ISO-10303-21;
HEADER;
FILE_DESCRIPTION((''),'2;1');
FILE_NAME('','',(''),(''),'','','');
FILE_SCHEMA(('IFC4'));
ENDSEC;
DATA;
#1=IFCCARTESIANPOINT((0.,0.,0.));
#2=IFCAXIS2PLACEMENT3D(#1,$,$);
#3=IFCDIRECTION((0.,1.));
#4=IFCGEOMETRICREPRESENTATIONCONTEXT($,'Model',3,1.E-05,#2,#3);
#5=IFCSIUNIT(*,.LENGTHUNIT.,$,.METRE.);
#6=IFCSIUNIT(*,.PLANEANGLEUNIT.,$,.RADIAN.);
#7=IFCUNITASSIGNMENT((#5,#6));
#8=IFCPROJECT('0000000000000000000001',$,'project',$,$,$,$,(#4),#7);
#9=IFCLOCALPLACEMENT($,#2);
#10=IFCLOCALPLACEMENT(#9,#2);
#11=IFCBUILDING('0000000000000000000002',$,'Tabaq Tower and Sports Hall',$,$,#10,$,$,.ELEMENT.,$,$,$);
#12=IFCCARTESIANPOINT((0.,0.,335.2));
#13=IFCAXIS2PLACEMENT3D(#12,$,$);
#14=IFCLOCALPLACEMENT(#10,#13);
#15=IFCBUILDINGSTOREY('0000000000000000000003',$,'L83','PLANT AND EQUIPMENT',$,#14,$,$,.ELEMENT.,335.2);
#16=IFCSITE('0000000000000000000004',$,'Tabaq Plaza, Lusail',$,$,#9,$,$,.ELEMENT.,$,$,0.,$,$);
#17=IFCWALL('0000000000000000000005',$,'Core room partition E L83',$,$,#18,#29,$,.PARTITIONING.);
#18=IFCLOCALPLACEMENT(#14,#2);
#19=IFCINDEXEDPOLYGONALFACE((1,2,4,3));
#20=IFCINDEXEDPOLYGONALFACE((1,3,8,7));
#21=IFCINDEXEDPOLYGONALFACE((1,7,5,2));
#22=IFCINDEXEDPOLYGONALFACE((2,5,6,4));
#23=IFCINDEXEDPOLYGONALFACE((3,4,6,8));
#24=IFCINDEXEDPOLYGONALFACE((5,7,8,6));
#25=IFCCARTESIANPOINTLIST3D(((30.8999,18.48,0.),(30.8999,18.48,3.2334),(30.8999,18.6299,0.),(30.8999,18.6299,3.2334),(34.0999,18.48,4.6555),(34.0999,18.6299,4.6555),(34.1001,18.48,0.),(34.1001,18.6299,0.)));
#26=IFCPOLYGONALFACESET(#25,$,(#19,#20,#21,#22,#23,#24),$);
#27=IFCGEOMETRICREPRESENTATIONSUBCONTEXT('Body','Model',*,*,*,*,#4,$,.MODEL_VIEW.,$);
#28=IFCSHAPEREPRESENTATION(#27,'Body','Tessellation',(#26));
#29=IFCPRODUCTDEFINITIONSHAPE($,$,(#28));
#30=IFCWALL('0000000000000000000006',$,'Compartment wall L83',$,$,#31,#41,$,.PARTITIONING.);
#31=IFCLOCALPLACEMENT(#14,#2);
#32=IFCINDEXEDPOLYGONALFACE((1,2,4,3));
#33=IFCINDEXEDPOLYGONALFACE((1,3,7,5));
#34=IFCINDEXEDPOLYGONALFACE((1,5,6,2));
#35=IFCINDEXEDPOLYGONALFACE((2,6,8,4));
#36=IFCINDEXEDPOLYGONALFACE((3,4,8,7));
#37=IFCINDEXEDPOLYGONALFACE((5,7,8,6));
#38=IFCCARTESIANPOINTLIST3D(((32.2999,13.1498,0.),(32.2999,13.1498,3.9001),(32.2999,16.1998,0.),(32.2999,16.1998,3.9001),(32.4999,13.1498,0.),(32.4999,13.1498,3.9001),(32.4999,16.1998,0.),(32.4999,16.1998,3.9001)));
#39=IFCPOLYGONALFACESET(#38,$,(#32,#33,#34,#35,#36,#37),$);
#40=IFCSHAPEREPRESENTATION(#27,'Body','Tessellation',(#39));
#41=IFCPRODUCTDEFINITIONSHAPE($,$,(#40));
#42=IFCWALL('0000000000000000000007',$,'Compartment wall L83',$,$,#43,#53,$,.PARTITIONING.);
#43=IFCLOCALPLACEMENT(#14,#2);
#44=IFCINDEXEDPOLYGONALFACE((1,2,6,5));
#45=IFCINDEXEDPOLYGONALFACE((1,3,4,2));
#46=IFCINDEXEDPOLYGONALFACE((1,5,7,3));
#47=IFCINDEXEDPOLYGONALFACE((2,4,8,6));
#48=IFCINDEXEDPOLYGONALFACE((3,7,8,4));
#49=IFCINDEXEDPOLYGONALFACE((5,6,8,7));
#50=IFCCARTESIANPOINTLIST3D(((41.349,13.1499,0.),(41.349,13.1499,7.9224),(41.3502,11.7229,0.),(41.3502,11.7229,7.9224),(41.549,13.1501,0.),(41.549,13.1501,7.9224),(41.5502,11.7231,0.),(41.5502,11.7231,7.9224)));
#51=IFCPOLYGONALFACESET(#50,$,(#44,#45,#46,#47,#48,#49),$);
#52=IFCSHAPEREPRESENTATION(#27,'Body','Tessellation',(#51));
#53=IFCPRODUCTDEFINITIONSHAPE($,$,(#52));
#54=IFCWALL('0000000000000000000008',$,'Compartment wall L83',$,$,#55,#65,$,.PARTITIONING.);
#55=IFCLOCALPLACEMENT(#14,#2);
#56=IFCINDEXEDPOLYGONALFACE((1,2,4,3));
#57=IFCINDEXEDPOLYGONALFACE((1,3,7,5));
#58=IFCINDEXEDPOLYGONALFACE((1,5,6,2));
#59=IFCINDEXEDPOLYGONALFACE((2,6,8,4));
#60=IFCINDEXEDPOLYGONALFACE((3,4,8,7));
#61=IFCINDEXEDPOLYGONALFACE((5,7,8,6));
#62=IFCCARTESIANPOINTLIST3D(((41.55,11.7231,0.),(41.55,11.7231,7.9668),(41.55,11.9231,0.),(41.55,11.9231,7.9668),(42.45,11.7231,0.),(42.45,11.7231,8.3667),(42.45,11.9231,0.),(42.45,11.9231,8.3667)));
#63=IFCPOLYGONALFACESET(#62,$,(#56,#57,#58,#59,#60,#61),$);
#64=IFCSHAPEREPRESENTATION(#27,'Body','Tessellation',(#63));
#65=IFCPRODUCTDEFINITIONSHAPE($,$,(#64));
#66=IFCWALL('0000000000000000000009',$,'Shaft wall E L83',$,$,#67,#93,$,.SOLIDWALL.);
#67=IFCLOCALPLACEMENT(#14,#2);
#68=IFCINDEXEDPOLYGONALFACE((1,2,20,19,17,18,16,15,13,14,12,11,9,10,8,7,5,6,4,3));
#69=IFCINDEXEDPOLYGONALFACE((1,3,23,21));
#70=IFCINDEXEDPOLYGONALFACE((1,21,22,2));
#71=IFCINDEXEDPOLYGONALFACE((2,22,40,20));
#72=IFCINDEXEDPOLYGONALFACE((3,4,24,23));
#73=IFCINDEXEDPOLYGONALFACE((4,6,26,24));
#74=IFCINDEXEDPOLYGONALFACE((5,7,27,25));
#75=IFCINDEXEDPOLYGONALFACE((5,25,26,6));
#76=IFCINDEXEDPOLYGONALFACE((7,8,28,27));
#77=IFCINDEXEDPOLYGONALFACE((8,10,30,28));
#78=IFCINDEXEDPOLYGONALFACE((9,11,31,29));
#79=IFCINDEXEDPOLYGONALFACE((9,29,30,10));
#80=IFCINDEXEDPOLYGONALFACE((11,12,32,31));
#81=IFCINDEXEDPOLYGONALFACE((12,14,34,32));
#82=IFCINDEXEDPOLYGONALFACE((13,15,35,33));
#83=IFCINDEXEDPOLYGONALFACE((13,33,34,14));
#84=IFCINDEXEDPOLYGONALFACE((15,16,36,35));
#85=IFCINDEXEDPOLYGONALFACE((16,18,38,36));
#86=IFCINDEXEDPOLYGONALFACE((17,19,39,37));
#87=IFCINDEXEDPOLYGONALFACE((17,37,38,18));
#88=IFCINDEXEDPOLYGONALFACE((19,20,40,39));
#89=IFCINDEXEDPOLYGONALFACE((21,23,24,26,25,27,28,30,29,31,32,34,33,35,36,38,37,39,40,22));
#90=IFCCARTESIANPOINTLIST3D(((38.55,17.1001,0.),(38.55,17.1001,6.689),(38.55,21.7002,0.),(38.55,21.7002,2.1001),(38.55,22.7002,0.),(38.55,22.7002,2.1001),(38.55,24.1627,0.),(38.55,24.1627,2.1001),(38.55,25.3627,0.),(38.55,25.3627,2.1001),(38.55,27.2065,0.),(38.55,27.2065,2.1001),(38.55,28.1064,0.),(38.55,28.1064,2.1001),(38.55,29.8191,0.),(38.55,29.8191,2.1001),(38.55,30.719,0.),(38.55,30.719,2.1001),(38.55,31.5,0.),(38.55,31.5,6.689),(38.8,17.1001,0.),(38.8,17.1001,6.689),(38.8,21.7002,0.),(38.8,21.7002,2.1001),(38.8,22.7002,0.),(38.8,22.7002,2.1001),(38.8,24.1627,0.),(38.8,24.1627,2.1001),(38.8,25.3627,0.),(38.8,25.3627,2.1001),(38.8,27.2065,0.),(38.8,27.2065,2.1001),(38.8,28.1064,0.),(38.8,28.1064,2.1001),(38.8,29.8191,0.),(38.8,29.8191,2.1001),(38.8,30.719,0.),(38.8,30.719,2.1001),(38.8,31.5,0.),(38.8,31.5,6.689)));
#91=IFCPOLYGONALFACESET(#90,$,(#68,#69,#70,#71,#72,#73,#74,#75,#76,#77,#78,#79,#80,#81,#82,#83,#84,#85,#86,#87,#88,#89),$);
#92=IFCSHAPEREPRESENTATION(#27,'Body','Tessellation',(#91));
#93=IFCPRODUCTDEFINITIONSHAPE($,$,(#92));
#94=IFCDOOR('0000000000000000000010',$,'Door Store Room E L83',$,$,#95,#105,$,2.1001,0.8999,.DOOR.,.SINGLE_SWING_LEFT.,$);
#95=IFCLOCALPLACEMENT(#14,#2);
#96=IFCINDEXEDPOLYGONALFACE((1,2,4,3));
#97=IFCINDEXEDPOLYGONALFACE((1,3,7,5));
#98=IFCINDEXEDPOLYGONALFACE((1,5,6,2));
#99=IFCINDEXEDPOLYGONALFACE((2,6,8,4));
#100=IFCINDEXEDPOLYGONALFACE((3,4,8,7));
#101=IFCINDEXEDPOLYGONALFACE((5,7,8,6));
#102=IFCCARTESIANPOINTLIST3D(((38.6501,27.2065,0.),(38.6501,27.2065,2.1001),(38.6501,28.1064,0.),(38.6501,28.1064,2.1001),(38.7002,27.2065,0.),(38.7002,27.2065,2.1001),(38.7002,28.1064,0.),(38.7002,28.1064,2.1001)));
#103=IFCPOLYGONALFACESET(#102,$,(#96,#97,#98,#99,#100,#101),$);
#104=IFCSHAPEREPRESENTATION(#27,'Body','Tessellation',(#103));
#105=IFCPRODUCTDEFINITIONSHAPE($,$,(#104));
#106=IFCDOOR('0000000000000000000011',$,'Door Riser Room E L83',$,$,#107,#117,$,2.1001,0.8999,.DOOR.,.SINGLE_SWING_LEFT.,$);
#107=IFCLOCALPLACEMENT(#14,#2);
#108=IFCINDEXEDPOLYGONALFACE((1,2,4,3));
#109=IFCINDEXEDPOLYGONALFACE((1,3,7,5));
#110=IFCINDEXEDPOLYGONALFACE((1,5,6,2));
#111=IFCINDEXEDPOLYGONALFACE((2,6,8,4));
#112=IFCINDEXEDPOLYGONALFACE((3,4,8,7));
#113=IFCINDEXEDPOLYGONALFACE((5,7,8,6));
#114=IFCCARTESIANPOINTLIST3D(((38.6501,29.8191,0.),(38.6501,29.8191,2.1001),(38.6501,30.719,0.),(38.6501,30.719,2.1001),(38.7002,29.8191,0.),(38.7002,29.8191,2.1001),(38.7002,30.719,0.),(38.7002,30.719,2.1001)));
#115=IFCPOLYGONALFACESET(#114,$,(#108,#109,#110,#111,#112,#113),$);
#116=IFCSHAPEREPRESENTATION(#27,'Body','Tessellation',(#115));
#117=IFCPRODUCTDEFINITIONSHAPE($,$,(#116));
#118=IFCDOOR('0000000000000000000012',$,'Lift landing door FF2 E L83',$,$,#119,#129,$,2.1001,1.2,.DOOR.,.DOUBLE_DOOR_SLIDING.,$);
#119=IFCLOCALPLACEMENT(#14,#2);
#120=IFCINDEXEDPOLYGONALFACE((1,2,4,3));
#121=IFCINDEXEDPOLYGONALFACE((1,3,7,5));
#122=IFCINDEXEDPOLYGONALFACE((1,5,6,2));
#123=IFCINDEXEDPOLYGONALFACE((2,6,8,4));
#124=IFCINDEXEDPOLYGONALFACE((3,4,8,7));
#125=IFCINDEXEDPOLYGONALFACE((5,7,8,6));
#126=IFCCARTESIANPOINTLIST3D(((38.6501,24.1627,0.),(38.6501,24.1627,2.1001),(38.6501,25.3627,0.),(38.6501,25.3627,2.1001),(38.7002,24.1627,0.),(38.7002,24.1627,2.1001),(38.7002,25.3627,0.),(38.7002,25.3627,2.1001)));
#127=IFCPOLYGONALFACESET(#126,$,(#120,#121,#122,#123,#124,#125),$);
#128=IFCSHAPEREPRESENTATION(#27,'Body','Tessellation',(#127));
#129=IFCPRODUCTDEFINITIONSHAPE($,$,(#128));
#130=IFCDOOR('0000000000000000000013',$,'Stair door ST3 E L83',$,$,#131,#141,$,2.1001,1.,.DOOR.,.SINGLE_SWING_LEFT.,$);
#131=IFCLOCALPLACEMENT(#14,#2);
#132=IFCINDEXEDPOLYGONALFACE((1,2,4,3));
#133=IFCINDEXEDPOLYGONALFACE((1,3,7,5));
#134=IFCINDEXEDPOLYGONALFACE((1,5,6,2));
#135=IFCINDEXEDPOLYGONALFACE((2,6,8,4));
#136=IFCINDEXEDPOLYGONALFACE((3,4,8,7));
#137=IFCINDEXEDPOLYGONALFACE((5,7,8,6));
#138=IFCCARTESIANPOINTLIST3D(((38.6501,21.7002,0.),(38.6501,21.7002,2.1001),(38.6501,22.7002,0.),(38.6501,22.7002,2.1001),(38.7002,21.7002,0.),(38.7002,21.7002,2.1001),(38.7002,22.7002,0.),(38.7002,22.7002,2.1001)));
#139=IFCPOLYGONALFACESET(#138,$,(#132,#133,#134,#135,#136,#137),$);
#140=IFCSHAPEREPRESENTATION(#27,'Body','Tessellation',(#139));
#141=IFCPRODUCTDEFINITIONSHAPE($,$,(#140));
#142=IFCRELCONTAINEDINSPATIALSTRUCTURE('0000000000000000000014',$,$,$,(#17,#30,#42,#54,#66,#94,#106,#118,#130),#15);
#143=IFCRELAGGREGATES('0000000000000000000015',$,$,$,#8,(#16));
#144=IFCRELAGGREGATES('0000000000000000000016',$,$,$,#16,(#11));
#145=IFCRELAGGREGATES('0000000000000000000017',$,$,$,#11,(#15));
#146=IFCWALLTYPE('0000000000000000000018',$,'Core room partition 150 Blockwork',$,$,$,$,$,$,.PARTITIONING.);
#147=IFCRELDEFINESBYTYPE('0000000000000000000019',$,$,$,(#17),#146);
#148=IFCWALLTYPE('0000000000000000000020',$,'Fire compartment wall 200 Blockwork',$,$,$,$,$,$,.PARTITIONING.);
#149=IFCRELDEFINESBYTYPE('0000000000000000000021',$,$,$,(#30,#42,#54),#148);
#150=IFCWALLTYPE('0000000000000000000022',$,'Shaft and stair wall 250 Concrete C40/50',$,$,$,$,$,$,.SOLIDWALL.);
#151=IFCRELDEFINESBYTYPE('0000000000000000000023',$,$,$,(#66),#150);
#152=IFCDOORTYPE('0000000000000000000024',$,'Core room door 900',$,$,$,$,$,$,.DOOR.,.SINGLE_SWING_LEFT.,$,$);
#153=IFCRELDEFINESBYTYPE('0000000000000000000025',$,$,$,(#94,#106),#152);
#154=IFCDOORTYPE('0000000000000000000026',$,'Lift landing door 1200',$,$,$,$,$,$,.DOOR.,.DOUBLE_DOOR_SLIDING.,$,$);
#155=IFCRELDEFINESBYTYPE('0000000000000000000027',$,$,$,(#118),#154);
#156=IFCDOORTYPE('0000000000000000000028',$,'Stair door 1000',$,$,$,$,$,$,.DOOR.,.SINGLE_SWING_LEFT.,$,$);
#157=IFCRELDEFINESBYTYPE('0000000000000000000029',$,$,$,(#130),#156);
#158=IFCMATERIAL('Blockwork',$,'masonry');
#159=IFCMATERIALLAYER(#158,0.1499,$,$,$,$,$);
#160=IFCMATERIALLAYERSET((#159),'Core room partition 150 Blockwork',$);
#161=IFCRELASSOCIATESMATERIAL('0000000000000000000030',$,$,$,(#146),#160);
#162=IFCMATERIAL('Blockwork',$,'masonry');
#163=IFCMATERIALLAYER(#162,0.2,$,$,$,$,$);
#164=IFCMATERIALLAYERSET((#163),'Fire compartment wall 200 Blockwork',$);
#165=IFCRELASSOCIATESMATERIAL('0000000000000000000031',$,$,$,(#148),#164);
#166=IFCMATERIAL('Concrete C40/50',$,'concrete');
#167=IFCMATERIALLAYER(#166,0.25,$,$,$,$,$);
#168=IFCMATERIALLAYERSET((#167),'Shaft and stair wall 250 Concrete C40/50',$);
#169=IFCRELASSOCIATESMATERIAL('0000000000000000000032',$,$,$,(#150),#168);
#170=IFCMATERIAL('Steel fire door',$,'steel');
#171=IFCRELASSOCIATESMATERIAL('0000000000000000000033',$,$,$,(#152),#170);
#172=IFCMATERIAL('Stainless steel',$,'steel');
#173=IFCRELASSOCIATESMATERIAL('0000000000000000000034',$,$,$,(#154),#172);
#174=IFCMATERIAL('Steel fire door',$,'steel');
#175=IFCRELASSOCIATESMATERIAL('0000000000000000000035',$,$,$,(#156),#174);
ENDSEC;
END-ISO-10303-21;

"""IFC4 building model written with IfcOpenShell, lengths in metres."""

from ifc_helpers import new_model, si_unit, direction, frame, frame_2d, origin, place, context, subcontext, project, spatial, polyline, rectangle, outline, extrude, material, layer, layer_set, type_object, element, fill, save


model = new_model("IFC4")

# Units and contexts
model_context = context("Model", 3, precision=1e-05, world=origin(), true_north=direction((0.0, 1.0)))
body_context = subcontext(model_context, "Body", "Model", "MODEL_VIEW")
ifc_project = project(units=[si_unit("LENGTHUNIT", "METRE"), si_unit("PLANEANGLEUNIT", "RADIAN")], contexts=[model_context])

# Site, building, storey
site_placement = place(None, origin())
site = spatial("IfcSite", under=ifc_project, at=site_placement, Name="Tabaq Plaza, Lusail", CompositionType="ELEMENT", RefElevation=0.0)
building_placement = place(site_placement, origin())
building = spatial("IfcBuilding", under=site, at=building_placement, Name="Tabaq Tower and Sports Hall", CompositionType="ELEMENT")
storey_placement = place(building_placement, frame((0.0, 0.0, 335.2)))
storey = spatial("IfcBuildingStorey", under=building, at=storey_placement, Name="L83", Description="PLANT AND EQUIPMENT", CompositionType="ELEMENT", Elevation=335.2)

# Wall
ifc_material_1 = material(Name="Blockwork", Category="masonry")
ifc_layer_1 = layer(ifc_material_1, 0.1499)
ifc_layer_set_1 = layer_set([ifc_layer_1], Name="Core room partition 150 Blockwork")
wall_type_1 = type_object("IfcWallType", Name="Core room partition 150 Blockwork", PredefinedType="PARTITIONING", material=ifc_layer_set_1)
wall_1_placement = place(storey_placement, frame((30.8999, 18.5549, 0.0), z_axis=(0.0, 0.0, 1.0), x_axis=(1.0, 0.0, 0.0)))
element("IfcWall", 1, at=wall_1_placement, inside=storey, type_object=wall_type_1, Name="Core room partition E L83", PredefinedType="PARTITIONING", context=body_context, shape_type="SweptSolid", body=[
    extrude(outline(polyline([(0.0, 0.0), (3.2002, 0.0), (3.2, 4.6555), (0.0, 3.2334), (0.0, 0.0)])), frame((0.0, 0.075, 0.0), z_axis=(0.0, -1.0, 0.0), x_axis=(1.0, 0.0, 0.0)), (0.0, 0.0, 1.0), 0.1499),
])

# Walls
ifc_material_2 = material(Name="Blockwork", Category="masonry")
ifc_layer_2 = layer(ifc_material_2, 0.2)
ifc_layer_set_2 = layer_set([ifc_layer_2], Name="Fire compartment wall 200 Blockwork")
wall_type_2 = type_object("IfcWallType", Name="Fire compartment wall 200 Blockwork", PredefinedType="PARTITIONING", material=ifc_layer_set_2)
wall_2_placement = place(storey_placement, frame((32.3999, 13.1499, 0.0), z_axis=(0.0, 0.0, 1.0), x_axis=(0.0, 1.0, 0.0)))
element("IfcWall", 2, at=wall_2_placement, inside=storey, type_object=wall_type_2, Name="Compartment wall L83", PredefinedType="PARTITIONING", context=body_context, shape_type="SweptSolid", body=[
    extrude(rectangle(XDim=3.05, YDim=0.2, at=frame_2d((1.5249, 0.0))), origin(), (0.0, 0.0, 1.0), 3.9001),
])
wall_3_placement = place(storey_placement, frame((41.449, 13.1499, 0.0), z_axis=(0.0, 0.0, 1.0), x_axis=(0.000855, -1.0, 0.0)))
element("IfcWall", 3, at=wall_3_placement, inside=storey, type_object=wall_type_2, Name="Compartment wall L83", PredefinedType="PARTITIONING", context=body_context, shape_type="SweptSolid", body=[
    extrude(rectangle(XDim=1.427, YDim=0.2, at=frame_2d((0.7134, 0.0))), origin(), (0.0, 0.0, 1.0), 7.9224),
])
wall_4_placement = place(storey_placement, frame((41.55, 11.823, 0.0), z_axis=(0.0, 0.0, 1.0), x_axis=(1.0, 0.0, 0.0)))
element("IfcWall", 4, at=wall_4_placement, inside=storey, type_object=wall_type_2, Name="Compartment wall L83", PredefinedType="PARTITIONING", context=body_context, shape_type="SweptSolid", body=[
    extrude(outline(polyline([(0.0, 0.0), (0.8999, 0.0), (0.8999, 8.3667), (0.0, 7.9668), (0.0, 0.0)])), frame((0.0, 0.1001, 0.0), z_axis=(0.0, -1.0, 0.0), x_axis=(1.0, 0.0, 0.0)), (0.0, 0.0, 1.0), 0.2),
])

# Wall, openings, doors
ifc_material_3 = material(Name="Concrete C40/50", Category="concrete")
ifc_layer_3 = layer(ifc_material_3, 0.25)
ifc_layer_set_3 = layer_set([ifc_layer_3], Name="Shaft and stair wall 250 Concrete C40/50")
wall_type_3 = type_object("IfcWallType", Name="Shaft and stair wall 250 Concrete C40/50", PredefinedType="SOLIDWALL", material=ifc_layer_set_3)
wall_5_placement = place(storey_placement, frame((38.675, 17.1001, 0.0), z_axis=(0.0, 0.0, 1.0), x_axis=(0.0, 1.0, 0.0)))
wall_5 = element("IfcWall", 5, at=wall_5_placement, inside=storey, type_object=wall_type_3, Name="Shaft wall E L83", PredefinedType="SOLIDWALL", context=body_context, shape_type="SweptSolid", body=[
    extrude(rectangle(XDim=14.3999, YDim=0.25, at=frame_2d((7.2, 0.0))), origin(), (0.0, 0.0, 1.0), 6.689),
])
opening_1_placement = place(wall_5_placement, frame((4.6001, 0.0, 0.0)))
opening_1 = element("IfcOpeningElement", 6, at=opening_1_placement, cuts=wall_5, PredefinedType="OPENING", context=body_context, shape_type="SweptSolid", body=[
    extrude(rectangle(XDim=1.0, YDim=2.1001, at=frame_2d((0.5, 1.05))), frame((0.0, 0.125, 0.0), z_axis=(0.0, -1.0, 0.0), x_axis=(1.0, 0.0, 0.0)), (0.0, 0.0, 1.0), 0.25),
])
opening_2_placement = place(wall_5_placement, frame((7.0625, 0.0, 0.0)))
opening_2 = element("IfcOpeningElement", 7, at=opening_2_placement, cuts=wall_5, PredefinedType="OPENING", context=body_context, shape_type="SweptSolid", body=[
    extrude(rectangle(XDim=1.2, YDim=2.1001, at=frame_2d((0.6001, 1.05))), frame((0.0, 0.125, 0.0), z_axis=(0.0, -1.0, 0.0), x_axis=(1.0, 0.0, 0.0)), (0.0, 0.0, 1.0), 0.25),
])
opening_3_placement = place(wall_5_placement, frame((10.1064, 0.0, 0.0)))
opening_3 = element("IfcOpeningElement", 8, at=opening_3_placement, cuts=wall_5, PredefinedType="OPENING", context=body_context, shape_type="SweptSolid", body=[
    extrude(rectangle(XDim=0.8999, YDim=2.1001, at=frame_2d((0.45, 1.05))), frame((0.0, 0.125, 0.0), z_axis=(0.0, -1.0, 0.0), x_axis=(1.0, 0.0, 0.0)), (0.0, 0.0, 1.0), 0.25),
])
opening_4_placement = place(wall_5_placement, frame((12.719, 0.0, 0.0)))
opening_4 = element("IfcOpeningElement", 9, at=opening_4_placement, cuts=wall_5, PredefinedType="OPENING", context=body_context, shape_type="SweptSolid", body=[
    extrude(rectangle(XDim=0.8999, YDim=2.1001, at=frame_2d((0.45, 1.05))), frame((0.0, 0.125, 0.0), z_axis=(0.0, -1.0, 0.0), x_axis=(1.0, 0.0, 0.0)), (0.0, 0.0, 1.0), 0.25),
])
ifc_material_4 = material(Name="Steel fire door", Category="steel")
door_type_1 = type_object("IfcDoorType", Name="Core room door 900", OperationType="SINGLE_SWING_LEFT", PredefinedType="DOOR", material=ifc_material_4)
door_1_placement = place(opening_3_placement, origin())
door_1 = element("IfcDoor", 10, at=door_1_placement, inside=storey, type_object=door_type_1, Name="Door Store Room E L83", OperationType="SINGLE_SWING_LEFT", OverallHeight=2.1001, OverallWidth=0.8999, PredefinedType="DOOR", context=body_context, shape_type="SweptSolid", body=[
    extrude(rectangle(XDim=0.8999, YDim=2.1001, at=frame_2d((0.45, 1.05))), frame((0.0, 0.0249, 0.0), z_axis=(0.0, -1.0, 0.0), x_axis=(1.0, 0.0, 0.0)), (0.0, 0.0, 1.0), 0.05),
])
fill(opening_3, door_1)
door_2_placement = place(opening_4_placement, origin())
door_2 = element("IfcDoor", 11, at=door_2_placement, inside=storey, type_object=door_type_1, Name="Door Riser Room E L83", OperationType="SINGLE_SWING_LEFT", OverallHeight=2.1001, OverallWidth=0.8999, PredefinedType="DOOR", context=body_context, shape_type="SweptSolid", body=[
    extrude(rectangle(XDim=0.8999, YDim=2.1001, at=frame_2d((0.45, 1.05))), frame((0.0, 0.0249, 0.0), z_axis=(0.0, -1.0, 0.0), x_axis=(1.0, 0.0, 0.0)), (0.0, 0.0, 1.0), 0.05),
])
fill(opening_4, door_2)
ifc_material_5 = material(Name="Stainless steel", Category="steel")
door_type_2 = type_object("IfcDoorType", Name="Lift landing door 1200", OperationType="DOUBLE_DOOR_SLIDING", PredefinedType="DOOR", material=ifc_material_5)
door_3_placement = place(opening_2_placement, origin())
door_3 = element("IfcDoor", 12, at=door_3_placement, inside=storey, type_object=door_type_2, Name="Lift landing door FF2 E L83", OperationType="DOUBLE_DOOR_SLIDING", OverallHeight=2.1001, OverallWidth=1.2, PredefinedType="DOOR", context=body_context, shape_type="SweptSolid", body=[
    extrude(rectangle(XDim=1.2, YDim=2.1001, at=frame_2d((0.6001, 1.05))), frame((0.0, 0.0249, 0.0), z_axis=(0.0, -1.0, 0.0), x_axis=(1.0, 0.0, 0.0)), (0.0, 0.0, 1.0), 0.05),
])
fill(opening_2, door_3)
ifc_material_6 = material(Name="Steel fire door", Category="steel")
door_type_3 = type_object("IfcDoorType", Name="Stair door 1000", OperationType="SINGLE_SWING_LEFT", PredefinedType="DOOR", material=ifc_material_6)
door_4_placement = place(opening_1_placement, origin())
door_4 = element("IfcDoor", 13, at=door_4_placement, inside=storey, type_object=door_type_3, Name="Stair door ST3 E L83", OperationType="SINGLE_SWING_LEFT", OverallHeight=2.1001, OverallWidth=1.0, PredefinedType="DOOR", context=body_context, shape_type="SweptSolid", body=[
    extrude(rectangle(XDim=1.0, YDim=2.1001, at=frame_2d((0.5, 1.05))), frame((0.0, 0.0249, 0.0), z_axis=(0.0, -1.0, 0.0), x_axis=(1.0, 0.0, 0.0)), (0.0, 0.0, 1.0), 0.05),
])
fill(opening_1, door_4)

save(model, "model.ifc")
